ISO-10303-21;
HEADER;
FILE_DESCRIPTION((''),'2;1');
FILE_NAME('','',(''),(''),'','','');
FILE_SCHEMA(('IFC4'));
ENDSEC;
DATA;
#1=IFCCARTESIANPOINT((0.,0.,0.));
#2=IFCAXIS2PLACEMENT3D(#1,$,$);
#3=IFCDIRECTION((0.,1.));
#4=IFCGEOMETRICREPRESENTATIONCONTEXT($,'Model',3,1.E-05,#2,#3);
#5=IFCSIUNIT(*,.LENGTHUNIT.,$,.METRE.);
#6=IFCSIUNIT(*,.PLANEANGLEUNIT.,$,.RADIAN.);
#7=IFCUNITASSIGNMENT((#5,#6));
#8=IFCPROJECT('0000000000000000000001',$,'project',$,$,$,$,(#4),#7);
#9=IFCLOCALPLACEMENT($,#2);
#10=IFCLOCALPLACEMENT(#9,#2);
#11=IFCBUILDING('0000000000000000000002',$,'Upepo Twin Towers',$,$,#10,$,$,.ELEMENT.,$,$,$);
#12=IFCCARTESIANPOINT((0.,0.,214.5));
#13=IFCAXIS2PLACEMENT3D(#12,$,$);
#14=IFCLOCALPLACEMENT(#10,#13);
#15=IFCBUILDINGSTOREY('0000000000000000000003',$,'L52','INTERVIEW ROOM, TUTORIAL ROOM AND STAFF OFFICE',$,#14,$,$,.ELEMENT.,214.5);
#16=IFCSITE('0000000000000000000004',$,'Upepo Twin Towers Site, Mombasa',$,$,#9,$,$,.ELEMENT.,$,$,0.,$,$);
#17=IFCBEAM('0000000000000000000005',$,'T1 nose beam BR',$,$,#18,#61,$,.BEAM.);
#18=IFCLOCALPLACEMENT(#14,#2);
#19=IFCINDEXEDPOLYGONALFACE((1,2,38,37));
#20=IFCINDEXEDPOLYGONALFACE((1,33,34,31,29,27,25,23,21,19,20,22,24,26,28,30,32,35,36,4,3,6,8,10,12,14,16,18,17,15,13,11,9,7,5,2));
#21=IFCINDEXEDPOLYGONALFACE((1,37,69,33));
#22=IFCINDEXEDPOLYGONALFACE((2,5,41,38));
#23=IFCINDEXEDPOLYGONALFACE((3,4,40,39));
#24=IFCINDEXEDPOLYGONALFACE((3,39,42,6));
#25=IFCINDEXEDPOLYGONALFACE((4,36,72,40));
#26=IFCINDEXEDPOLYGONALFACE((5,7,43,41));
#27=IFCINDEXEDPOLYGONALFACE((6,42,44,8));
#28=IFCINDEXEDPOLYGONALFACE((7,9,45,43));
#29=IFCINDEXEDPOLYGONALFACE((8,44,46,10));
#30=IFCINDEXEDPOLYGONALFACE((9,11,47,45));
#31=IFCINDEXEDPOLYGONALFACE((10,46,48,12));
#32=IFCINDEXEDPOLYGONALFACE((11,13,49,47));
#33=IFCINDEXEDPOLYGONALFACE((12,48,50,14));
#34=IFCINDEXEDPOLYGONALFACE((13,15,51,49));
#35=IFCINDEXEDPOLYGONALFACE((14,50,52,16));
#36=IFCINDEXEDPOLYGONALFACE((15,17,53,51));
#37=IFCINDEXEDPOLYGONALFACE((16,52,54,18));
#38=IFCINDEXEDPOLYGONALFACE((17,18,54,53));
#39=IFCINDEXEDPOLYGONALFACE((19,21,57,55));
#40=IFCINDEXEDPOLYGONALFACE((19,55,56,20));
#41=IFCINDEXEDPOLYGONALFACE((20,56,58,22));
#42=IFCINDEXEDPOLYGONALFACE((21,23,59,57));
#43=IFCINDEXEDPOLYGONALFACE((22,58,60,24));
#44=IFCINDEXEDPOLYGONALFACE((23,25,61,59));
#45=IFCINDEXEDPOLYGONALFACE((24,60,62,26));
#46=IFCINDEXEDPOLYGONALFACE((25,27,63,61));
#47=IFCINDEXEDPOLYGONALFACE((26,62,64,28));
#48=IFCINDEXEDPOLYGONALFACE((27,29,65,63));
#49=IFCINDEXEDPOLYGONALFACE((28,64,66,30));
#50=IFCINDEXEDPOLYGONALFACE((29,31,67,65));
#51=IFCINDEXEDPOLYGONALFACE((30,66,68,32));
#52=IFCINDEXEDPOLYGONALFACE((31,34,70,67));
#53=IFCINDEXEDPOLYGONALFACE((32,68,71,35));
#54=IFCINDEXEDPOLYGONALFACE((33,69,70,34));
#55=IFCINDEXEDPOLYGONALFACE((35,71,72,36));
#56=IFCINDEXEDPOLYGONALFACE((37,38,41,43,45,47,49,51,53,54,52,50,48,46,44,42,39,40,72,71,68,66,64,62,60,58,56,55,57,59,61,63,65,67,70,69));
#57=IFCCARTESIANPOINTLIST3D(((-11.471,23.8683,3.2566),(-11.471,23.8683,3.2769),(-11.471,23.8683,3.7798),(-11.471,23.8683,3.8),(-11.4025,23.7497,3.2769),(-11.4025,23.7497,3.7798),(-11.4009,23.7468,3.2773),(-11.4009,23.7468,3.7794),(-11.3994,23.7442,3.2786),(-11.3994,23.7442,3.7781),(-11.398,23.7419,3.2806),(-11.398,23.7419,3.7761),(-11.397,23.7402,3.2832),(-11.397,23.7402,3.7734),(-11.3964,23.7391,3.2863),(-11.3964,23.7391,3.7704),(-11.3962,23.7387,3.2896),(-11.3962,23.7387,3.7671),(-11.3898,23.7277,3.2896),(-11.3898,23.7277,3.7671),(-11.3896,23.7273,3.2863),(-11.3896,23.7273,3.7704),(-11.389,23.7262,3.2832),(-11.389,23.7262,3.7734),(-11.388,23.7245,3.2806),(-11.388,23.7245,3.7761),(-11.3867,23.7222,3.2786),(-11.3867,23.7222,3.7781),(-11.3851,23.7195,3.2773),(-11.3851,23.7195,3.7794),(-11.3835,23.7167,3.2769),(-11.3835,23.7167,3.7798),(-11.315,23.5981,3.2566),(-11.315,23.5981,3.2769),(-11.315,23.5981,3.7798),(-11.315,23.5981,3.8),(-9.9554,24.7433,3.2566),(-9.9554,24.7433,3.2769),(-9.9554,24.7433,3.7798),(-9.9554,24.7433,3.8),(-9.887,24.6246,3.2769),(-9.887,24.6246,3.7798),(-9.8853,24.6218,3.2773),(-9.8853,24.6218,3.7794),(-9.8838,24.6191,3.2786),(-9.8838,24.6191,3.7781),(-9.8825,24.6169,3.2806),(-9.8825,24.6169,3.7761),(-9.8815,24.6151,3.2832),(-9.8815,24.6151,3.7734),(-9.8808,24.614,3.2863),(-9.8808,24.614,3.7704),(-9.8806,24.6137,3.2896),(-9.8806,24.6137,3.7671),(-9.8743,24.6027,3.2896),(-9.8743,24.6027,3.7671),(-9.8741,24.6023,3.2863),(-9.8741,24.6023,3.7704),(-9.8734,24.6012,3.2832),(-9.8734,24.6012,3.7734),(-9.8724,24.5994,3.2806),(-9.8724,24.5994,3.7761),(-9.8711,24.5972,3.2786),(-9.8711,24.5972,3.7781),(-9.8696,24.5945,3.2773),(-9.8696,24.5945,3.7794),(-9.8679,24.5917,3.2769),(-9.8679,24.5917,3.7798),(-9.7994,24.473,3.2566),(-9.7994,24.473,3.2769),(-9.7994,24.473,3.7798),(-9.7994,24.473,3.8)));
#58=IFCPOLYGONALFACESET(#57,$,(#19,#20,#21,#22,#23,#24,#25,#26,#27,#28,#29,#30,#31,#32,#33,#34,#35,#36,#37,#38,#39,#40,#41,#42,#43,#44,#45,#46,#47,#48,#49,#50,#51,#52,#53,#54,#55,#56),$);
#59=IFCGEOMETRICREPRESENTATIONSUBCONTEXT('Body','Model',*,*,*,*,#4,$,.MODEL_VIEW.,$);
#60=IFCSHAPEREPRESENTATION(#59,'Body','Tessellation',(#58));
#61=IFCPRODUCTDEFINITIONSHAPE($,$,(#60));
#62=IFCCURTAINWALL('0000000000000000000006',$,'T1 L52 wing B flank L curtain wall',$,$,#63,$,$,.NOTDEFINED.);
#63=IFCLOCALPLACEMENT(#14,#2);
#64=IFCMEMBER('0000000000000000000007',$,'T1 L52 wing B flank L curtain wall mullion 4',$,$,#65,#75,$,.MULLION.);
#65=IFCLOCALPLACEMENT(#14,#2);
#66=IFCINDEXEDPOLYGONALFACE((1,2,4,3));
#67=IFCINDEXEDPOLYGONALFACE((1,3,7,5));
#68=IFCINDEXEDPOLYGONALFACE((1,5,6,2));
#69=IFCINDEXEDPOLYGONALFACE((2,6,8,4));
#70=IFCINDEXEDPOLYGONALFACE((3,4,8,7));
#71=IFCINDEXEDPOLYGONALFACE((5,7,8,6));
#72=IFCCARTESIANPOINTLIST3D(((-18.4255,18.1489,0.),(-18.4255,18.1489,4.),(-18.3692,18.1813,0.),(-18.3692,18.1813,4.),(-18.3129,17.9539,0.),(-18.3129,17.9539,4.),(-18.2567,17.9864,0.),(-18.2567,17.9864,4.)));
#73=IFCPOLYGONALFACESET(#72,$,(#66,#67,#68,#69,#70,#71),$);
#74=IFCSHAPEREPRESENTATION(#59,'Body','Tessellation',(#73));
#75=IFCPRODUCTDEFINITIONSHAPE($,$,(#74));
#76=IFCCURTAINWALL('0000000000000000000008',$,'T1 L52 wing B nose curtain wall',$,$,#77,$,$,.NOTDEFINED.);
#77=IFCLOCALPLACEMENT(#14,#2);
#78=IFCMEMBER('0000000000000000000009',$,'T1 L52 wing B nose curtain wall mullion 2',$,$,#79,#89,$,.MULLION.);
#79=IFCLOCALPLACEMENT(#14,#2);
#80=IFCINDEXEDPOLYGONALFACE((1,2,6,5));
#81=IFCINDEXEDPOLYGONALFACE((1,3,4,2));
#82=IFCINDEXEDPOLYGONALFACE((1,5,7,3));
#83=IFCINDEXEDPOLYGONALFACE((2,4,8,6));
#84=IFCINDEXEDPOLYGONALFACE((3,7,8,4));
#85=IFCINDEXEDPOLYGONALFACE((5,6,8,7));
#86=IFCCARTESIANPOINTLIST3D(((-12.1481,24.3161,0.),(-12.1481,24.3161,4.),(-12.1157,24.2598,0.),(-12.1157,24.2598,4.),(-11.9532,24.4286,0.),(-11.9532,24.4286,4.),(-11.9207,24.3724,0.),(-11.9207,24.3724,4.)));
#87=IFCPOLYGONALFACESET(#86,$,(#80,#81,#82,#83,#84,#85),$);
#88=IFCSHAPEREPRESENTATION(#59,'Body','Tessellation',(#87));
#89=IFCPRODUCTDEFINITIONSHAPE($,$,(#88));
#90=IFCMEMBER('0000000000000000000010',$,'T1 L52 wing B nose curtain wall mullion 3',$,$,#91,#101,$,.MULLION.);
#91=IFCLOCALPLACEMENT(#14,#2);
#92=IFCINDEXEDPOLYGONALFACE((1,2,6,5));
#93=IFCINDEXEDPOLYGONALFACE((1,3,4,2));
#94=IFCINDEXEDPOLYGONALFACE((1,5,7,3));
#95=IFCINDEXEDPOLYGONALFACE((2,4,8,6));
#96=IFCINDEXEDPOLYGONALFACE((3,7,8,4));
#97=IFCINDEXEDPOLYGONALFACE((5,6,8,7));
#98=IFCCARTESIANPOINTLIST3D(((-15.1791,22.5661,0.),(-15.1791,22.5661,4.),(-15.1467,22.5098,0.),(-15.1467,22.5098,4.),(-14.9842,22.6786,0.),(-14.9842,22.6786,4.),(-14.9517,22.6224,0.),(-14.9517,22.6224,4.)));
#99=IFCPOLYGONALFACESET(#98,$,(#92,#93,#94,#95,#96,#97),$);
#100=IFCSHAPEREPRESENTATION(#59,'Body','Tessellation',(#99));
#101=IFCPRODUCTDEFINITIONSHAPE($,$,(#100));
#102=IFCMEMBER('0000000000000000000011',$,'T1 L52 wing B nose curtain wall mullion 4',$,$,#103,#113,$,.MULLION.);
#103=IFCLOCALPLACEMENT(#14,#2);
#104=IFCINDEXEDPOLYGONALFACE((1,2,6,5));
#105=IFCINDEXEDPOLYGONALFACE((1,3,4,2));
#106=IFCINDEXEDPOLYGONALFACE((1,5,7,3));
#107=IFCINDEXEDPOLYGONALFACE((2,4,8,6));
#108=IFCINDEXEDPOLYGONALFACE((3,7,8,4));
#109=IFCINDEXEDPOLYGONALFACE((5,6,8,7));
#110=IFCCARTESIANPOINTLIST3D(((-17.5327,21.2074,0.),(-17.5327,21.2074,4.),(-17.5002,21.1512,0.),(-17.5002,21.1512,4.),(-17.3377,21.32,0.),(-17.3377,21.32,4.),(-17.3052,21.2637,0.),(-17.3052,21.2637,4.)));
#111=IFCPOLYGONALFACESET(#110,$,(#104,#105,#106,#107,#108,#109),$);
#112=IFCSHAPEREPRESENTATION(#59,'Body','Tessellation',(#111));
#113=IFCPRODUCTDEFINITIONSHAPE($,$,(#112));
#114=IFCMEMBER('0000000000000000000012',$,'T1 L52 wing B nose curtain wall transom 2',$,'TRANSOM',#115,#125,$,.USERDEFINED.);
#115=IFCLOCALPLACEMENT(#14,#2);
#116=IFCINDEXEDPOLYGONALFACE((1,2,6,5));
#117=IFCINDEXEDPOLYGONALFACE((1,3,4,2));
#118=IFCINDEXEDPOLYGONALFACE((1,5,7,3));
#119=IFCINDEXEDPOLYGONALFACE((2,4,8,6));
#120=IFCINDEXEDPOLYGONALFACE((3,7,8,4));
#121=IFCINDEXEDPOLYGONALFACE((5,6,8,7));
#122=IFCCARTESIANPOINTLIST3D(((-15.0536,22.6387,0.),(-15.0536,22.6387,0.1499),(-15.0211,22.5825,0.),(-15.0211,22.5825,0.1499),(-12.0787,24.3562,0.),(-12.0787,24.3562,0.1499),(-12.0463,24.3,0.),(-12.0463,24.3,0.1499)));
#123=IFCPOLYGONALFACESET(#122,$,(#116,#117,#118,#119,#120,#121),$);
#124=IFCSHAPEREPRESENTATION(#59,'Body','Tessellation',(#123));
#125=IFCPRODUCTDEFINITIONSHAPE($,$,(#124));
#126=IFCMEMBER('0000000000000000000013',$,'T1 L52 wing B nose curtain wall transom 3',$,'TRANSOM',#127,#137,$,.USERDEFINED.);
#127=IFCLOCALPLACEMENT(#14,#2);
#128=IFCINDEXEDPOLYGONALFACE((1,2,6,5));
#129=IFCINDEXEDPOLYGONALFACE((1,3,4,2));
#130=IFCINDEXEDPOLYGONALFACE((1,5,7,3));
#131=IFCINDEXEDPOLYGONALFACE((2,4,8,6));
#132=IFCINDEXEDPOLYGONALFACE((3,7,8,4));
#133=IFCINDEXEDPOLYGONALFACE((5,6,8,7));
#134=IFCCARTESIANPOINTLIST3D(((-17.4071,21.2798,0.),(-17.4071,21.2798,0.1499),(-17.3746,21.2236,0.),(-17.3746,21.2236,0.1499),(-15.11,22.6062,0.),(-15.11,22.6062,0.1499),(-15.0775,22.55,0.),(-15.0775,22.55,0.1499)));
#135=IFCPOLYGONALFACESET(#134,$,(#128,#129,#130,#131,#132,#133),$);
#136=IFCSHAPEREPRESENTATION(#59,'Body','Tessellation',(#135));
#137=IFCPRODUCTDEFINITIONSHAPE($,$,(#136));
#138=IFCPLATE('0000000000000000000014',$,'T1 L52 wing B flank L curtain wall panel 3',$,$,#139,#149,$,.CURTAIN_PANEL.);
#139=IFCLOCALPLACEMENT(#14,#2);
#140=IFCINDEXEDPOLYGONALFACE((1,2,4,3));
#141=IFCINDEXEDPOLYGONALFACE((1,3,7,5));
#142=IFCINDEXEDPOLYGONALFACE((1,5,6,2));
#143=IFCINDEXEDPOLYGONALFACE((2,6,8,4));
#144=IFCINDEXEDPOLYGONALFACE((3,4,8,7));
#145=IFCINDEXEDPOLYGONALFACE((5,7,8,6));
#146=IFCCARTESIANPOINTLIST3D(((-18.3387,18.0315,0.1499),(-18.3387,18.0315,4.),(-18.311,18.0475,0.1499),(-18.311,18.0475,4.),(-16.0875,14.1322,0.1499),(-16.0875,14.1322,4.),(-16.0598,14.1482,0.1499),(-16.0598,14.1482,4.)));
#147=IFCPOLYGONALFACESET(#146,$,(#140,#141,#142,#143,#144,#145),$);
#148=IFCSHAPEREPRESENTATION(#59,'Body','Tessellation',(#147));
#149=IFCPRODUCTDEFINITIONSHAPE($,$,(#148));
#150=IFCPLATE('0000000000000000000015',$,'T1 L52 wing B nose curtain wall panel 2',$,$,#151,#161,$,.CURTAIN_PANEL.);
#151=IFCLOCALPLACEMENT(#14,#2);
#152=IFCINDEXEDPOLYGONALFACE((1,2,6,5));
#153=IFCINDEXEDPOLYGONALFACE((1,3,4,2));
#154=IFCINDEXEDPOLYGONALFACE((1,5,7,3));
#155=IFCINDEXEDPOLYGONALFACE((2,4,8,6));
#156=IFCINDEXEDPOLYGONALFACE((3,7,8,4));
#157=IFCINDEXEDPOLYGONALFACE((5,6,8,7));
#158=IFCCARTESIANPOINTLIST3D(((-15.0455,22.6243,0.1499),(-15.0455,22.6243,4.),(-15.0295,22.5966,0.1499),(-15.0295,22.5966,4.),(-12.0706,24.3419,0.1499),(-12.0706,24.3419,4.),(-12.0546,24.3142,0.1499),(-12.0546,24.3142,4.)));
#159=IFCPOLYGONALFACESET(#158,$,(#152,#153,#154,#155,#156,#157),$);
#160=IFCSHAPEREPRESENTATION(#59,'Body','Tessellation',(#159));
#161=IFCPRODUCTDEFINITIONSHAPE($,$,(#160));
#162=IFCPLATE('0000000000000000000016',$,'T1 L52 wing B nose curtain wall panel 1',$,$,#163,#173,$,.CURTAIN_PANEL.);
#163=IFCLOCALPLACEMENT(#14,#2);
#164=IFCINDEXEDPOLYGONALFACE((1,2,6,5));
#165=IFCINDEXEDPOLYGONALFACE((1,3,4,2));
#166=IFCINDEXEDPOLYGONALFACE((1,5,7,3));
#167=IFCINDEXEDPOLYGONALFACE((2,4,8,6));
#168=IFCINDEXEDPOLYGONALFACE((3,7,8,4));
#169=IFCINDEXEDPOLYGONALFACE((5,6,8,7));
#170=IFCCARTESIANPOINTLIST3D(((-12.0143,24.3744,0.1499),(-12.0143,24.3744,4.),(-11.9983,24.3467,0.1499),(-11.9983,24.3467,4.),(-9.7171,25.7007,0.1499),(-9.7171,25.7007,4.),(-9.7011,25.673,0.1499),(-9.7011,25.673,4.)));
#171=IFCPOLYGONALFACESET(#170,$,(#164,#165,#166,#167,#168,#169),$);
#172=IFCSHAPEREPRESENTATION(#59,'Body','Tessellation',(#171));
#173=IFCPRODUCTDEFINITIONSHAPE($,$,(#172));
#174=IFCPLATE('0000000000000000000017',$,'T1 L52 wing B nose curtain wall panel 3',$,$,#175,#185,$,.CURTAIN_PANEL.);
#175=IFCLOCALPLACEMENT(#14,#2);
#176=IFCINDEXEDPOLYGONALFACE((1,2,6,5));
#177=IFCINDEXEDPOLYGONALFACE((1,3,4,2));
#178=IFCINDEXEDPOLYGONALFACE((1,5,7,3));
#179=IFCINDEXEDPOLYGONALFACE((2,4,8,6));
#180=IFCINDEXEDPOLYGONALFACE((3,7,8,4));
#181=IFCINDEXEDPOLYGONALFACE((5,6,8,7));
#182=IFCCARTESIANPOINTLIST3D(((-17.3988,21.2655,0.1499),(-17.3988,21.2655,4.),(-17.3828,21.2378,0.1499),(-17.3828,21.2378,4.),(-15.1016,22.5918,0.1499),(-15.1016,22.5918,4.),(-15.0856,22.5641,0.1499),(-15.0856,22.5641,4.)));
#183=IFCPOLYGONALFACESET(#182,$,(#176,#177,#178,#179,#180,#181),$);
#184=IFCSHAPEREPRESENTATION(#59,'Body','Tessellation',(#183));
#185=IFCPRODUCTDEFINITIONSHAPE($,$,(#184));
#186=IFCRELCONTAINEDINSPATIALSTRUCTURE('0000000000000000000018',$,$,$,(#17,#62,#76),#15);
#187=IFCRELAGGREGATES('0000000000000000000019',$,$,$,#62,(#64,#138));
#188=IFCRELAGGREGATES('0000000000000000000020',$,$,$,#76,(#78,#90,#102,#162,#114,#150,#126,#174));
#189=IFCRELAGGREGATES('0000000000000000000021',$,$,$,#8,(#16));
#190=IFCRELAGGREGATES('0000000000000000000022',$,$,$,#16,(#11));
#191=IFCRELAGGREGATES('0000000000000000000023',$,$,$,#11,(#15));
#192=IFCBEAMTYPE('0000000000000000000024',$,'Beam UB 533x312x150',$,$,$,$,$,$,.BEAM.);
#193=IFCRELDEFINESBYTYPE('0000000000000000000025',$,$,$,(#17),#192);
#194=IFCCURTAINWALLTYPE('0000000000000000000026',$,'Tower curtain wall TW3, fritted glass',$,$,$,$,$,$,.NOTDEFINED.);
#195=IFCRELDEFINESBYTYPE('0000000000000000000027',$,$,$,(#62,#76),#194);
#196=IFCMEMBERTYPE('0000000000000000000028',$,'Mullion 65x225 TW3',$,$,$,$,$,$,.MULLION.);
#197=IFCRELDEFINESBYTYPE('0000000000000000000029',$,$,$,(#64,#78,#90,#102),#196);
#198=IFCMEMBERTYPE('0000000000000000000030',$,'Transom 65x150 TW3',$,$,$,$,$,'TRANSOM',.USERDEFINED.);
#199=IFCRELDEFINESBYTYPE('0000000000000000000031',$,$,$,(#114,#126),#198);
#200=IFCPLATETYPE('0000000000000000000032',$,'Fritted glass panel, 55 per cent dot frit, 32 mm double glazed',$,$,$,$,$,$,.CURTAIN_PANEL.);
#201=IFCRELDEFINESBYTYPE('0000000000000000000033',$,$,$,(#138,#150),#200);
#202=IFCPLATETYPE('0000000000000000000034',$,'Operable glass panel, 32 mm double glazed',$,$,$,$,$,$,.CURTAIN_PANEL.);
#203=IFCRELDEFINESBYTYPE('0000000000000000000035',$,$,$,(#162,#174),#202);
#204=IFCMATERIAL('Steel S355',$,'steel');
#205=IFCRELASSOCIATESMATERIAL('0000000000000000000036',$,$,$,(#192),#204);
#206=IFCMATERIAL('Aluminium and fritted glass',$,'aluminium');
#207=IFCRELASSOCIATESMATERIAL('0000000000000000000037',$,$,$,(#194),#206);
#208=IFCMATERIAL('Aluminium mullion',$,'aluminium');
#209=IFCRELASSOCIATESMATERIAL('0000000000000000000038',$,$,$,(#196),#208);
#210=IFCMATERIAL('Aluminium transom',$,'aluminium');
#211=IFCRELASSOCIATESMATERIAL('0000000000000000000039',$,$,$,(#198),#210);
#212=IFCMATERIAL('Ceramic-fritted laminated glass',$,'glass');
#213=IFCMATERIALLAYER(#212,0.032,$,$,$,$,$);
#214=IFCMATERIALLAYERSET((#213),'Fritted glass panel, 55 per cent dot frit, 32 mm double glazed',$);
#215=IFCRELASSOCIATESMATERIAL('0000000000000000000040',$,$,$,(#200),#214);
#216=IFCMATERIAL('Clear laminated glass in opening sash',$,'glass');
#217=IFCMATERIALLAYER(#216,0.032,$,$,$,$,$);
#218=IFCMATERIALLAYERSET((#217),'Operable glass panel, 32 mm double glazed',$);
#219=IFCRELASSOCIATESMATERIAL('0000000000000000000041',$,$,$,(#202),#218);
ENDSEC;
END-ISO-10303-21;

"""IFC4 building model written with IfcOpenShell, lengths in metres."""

from ifc_helpers import new_model, si_unit, direction, frame, origin, origin_2d, place, context, subcontext, project, spatial, rectangle, i_section, extrude, material, layer, layer_set, material_profile, profile_set, type_object, element, aggregate, save


model = new_model("IFC4")

# Units and contexts
model_context = context("Model", 3, precision=1e-05, world=origin(), true_north=direction((0.0, 1.0)))
body_context = subcontext(model_context, "Body", "Model", "MODEL_VIEW")
ifc_project = project(units=[si_unit("LENGTHUNIT", "METRE"), si_unit("PLANEANGLEUNIT", "RADIAN")], contexts=[model_context])

# Site, building, storey
site_placement = place(None, origin())
site = spatial("IfcSite", under=ifc_project, at=site_placement, Name="Upepo Twin Towers Site, Mombasa", CompositionType="ELEMENT", RefElevation=0.0)
building_placement = place(site_placement, origin())
building = spatial("IfcBuilding", under=site, at=building_placement, Name="Upepo Twin Towers", CompositionType="ELEMENT")
storey_placement = place(building_placement, frame((0.0, 0.0, 214.5)))
storey = spatial("IfcBuildingStorey", under=building, at=storey_placement, Name="L52", Description="INTERVIEW ROOM, TUTORIAL ROOM AND STAFF OFFICE", CompositionType="ELEMENT", Elevation=214.5)

# Beam
ifc_material_1 = material(Name="Steel S355", Category="steel")
ifc_material_profile_1 = material_profile(ifc_material_1, i_section(OverallWidth=0.312, OverallDepth=0.5435, WebThickness=0.0127, FlangeThickness=0.0203, FilletRadius=0.0127, at=origin_2d()), Name="UB 533x312x150")
ifc_profile_set_1 = profile_set([ifc_material_profile_1], Name="Steel S355")
beam_type_1 = type_object("IfcBeamType", Name="Beam UB 533x312x150", PredefinedType="BEAM", material=ifc_profile_set_1)
for number, where, z_axis, x_axis, name in (
    (1, (-9.8774, 24.6082, 3.5283), (-0.866037, -0.49998, 0.0), (0.49998, -0.866037, 0.0), "T1 nose beam BR"),
):
    element("IfcBeam", number, at=place(storey_placement, frame(where, z_axis=z_axis, x_axis=x_axis)), inside=storey, type_object=beam_type_1, Name=name, PredefinedType="BEAM", context=body_context, shape_type="SweptSolid", body=[
        extrude(i_section(OverallWidth=0.312, OverallDepth=0.5435, WebThickness=0.0127, FlangeThickness=0.0203, FilletRadius=0.0127, at=origin_2d()), origin(), (0.0, 0.0, 1.0), 1.75),
    ])

# Curtain wall, member
ifc_material_2 = material(Name="Aluminium and fritted glass", Category="aluminium")
curtain_wall_type = type_object("IfcCurtainWallType", Name="Tower curtain wall TW3, fritted glass", PredefinedType="NOTDEFINED", material=ifc_material_2)
curtain_wall_1_placement = place(storey_placement, origin())
curtain_wall_1 = element("IfcCurtainWall", 2, at=curtain_wall_1_placement, inside=storey, type_object=curtain_wall_type, Name="T1 L52 wing B flank L curtain wall", PredefinedType="NOTDEFINED")
ifc_material_3 = material(Name="Aluminium mullion", Category="aluminium")
ifc_material_profile_2 = material_profile(ifc_material_3, rectangle(XDim=0.0649, YDim=0.2251, at=origin_2d()), Name="MULLION 65x225")
ifc_profile_set_2 = profile_set([ifc_material_profile_2], Name="Aluminium mullion")
member_type_1 = type_object("IfcMemberType", Name="Mullion 65x225 TW3", PredefinedType="MULLION", material=ifc_profile_set_2)
member_1_placement = place(storey_placement, frame((-18.3411, 18.0676, 0.0), z_axis=(0.0, 0.0, 1.0), x_axis=(-0.866025, -0.5, 0.0)))
member_1 = element("IfcMember", 3, at=member_1_placement, type_object=member_type_1, Name="T1 L52 wing B flank L curtain wall mullion 4", PredefinedType="MULLION", context=body_context, shape_type="SweptSolid", body=[
    extrude(rectangle(XDim=0.0649, YDim=0.2251, at=origin_2d()), origin(), (0.0, 0.0, 1.0), 4.0),
])

# Curtain wall, members
curtain_wall_2_placement = place(storey_placement, origin())
curtain_wall_2 = element("IfcCurtainWall", 4, at=curtain_wall_2_placement, inside=storey, type_object=curtain_wall_type, Name="T1 L52 wing B nose curtain wall", PredefinedType="NOTDEFINED")
member_2_placement = place(storey_placement, frame((-12.0344, 24.3442, 0.0), z_axis=(0.0, 0.0, 1.0), x_axis=(0.5, -0.866025, 0.0)))
member_2 = element("IfcMember", 5, at=member_2_placement, type_object=member_type_1, Name="T1 L52 wing B nose curtain wall mullion 2", PredefinedType="MULLION", context=body_context, shape_type="SweptSolid", body=[
    extrude(rectangle(XDim=0.0649, YDim=0.2251, at=origin_2d()), origin(), (0.0, 0.0, 1.0), 4.0),
])
member_3_placement = place(storey_placement, frame((-15.0654, 22.5942, 0.0), z_axis=(0.0, 0.0, 1.0), x_axis=(0.5, -0.866025, 0.0)))
member_3 = element("IfcMember", 6, at=member_3_placement, type_object=member_type_1, Name="T1 L52 wing B nose curtain wall mullion 3", PredefinedType="MULLION", context=body_context, shape_type="SweptSolid", body=[
    extrude(rectangle(XDim=0.0649, YDim=0.2251, at=origin_2d()), origin(), (0.0, 0.0, 1.0), 4.0),
])
member_4_placement = place(storey_placement, frame((-17.4189, 21.2356, 0.0), z_axis=(0.0, 0.0, 1.0), x_axis=(0.5, -0.866025, 0.0)))
member_4 = element("IfcMember", 7, at=member_4_placement, type_object=member_type_1, Name="T1 L52 wing B nose curtain wall mullion 4", PredefinedType="MULLION", context=body_context, shape_type="SweptSolid", body=[
    extrude(rectangle(XDim=0.0649, YDim=0.2251, at=origin_2d()), origin(), (0.0, 0.0, 1.0), 4.0),
])
ifc_material_4 = material(Name="Aluminium transom", Category="aluminium")
ifc_material_profile_3 = material_profile(ifc_material_4, rectangle(XDim=0.0649, YDim=0.1499, at=origin_2d()), Name="TRANSOM 65x150")
ifc_profile_set_3 = profile_set([ifc_material_profile_3], Name="Aluminium transom")
member_type_2 = type_object("IfcMemberType", Name="Transom 65x150 TW3", ElementType="TRANSOM", PredefinedType="USERDEFINED", material=ifc_profile_set_3)
member_5_placement = place(storey_placement, frame((-12.0625, 24.3281, 0.075), z_axis=(-0.866026, -0.499999, 0.0), x_axis=(0.499999, -0.866026, 0.0)))
member_5 = element("IfcMember", 8, at=member_5_placement, type_object=member_type_2, Name="T1 L52 wing B nose curtain wall transom 2", ObjectType="TRANSOM", PredefinedType="USERDEFINED", context=body_context, shape_type="SweptSolid", body=[
    extrude(rectangle(XDim=0.0649, YDim=0.1499, at=origin_2d()), origin(), (0.0, 0.0, 1.0), 3.4351),
])
member_6_placement = place(storey_placement, frame((-15.0938, 22.5781, 0.075), z_axis=(-0.865997, -0.500049, 0.0), x_axis=(0.500049, -0.865997, 0.0)))
member_6 = element("IfcMember", 9, at=member_6_placement, type_object=member_type_2, Name="T1 L52 wing B nose curtain wall transom 3", ObjectType="TRANSOM", PredefinedType="USERDEFINED", context=body_context, shape_type="SweptSolid", body=[
    extrude(rectangle(XDim=0.0649, YDim=0.1499, at=origin_2d()), origin(), (0.0, 0.0, 1.0), 2.6526),
])

# Plates
ifc_material_5 = material(Name="Ceramic-fritted laminated glass", Category="glass")
ifc_layer_1 = layer(ifc_material_5, 0.032)
ifc_layer_set_1 = layer_set([ifc_layer_1], Name="Fritted glass panel, 55 per cent dot frit, 32 mm double glazed")
plate_type_1 = type_object("IfcPlateType", Name="Fritted glass panel, 55 per cent dot frit, 32 mm double glazed", PredefinedType="CURTAIN_PANEL", material=ifc_layer_set_1)
plate_1_placement = place(storey_placement, frame((-17.1992, 16.0898, 0.1499), z_axis=(0.0, 0.0, 1.0), x_axis=(-0.5, 0.866025, 0.0)))
plate_1 = element("IfcPlate", 10, at=plate_1_placement, type_object=plate_type_1, Name="T1 L52 wing B flank L curtain wall panel 3", PredefinedType="CURTAIN_PANEL", context=body_context, shape_type="SweptSolid", body=[
    extrude(rectangle(XDim=4.5024, YDim=0.032, at=origin_2d()), origin(), (0.0, 0.0, 1.0), 3.8501),
])
aggregate(curtain_wall_1, [member_1, plate_1])
plate_2_placement = place(storey_placement, frame((-13.55, 23.4692, 0.1499), z_axis=(0.0, 0.0, 1.0), x_axis=(-0.866025, -0.5, 0.0)))
plate_2 = element("IfcPlate", 11, at=plate_2_placement, type_object=plate_type_1, Name="T1 L52 wing B nose curtain wall panel 2", PredefinedType="CURTAIN_PANEL", context=body_context, shape_type="SweptSolid", body=[
    extrude(rectangle(XDim=3.4351, YDim=0.032, at=origin_2d()), origin(), (0.0, 0.0, 1.0), 3.8501),
])
ifc_material_6 = material(Name="Clear laminated glass in opening sash", Category="glass")
ifc_layer_2 = layer(ifc_material_6, 0.032)
ifc_layer_set_2 = layer_set([ifc_layer_2], Name="Operable glass panel, 32 mm double glazed")
plate_type_2 = type_object("IfcPlateType", Name="Operable glass panel, 32 mm double glazed", PredefinedType="CURTAIN_PANEL", material=ifc_layer_set_2)
plate_3_placement = place(storey_placement, frame((-10.8577, 25.0237, 0.1499), z_axis=(0.0, 0.0, 1.0), x_axis=(-0.866025, -0.5, 0.0)))
plate_3 = element("IfcPlate", 12, at=plate_3_placement, type_object=plate_type_2, Name="T1 L52 wing B nose curtain wall panel 1", PredefinedType="CURTAIN_PANEL", context=body_context, shape_type="SweptSolid", body=[
    extrude(rectangle(XDim=2.6526, YDim=0.032, at=origin_2d()), origin(), (0.0, 0.0, 1.0), 3.8501),
])
plate_4_placement = place(storey_placement, frame((-16.2422, 21.9148, 0.1499), z_axis=(0.0, 0.0, 1.0), x_axis=(-0.866025, -0.5, 0.0)))
plate_4 = element("IfcPlate", 13, at=plate_4_placement, type_object=plate_type_2, Name="T1 L52 wing B nose curtain wall panel 3", PredefinedType="CURTAIN_PANEL", context=body_context, shape_type="SweptSolid", body=[
    extrude(rectangle(XDim=2.6526, YDim=0.032, at=origin_2d()), origin(), (0.0, 0.0, 1.0), 3.8501),
])
aggregate(curtain_wall_2, [member_2, member_3, member_4, plate_3, member_5, plate_2, member_6, plate_4])

save(model, "model.ifc")
